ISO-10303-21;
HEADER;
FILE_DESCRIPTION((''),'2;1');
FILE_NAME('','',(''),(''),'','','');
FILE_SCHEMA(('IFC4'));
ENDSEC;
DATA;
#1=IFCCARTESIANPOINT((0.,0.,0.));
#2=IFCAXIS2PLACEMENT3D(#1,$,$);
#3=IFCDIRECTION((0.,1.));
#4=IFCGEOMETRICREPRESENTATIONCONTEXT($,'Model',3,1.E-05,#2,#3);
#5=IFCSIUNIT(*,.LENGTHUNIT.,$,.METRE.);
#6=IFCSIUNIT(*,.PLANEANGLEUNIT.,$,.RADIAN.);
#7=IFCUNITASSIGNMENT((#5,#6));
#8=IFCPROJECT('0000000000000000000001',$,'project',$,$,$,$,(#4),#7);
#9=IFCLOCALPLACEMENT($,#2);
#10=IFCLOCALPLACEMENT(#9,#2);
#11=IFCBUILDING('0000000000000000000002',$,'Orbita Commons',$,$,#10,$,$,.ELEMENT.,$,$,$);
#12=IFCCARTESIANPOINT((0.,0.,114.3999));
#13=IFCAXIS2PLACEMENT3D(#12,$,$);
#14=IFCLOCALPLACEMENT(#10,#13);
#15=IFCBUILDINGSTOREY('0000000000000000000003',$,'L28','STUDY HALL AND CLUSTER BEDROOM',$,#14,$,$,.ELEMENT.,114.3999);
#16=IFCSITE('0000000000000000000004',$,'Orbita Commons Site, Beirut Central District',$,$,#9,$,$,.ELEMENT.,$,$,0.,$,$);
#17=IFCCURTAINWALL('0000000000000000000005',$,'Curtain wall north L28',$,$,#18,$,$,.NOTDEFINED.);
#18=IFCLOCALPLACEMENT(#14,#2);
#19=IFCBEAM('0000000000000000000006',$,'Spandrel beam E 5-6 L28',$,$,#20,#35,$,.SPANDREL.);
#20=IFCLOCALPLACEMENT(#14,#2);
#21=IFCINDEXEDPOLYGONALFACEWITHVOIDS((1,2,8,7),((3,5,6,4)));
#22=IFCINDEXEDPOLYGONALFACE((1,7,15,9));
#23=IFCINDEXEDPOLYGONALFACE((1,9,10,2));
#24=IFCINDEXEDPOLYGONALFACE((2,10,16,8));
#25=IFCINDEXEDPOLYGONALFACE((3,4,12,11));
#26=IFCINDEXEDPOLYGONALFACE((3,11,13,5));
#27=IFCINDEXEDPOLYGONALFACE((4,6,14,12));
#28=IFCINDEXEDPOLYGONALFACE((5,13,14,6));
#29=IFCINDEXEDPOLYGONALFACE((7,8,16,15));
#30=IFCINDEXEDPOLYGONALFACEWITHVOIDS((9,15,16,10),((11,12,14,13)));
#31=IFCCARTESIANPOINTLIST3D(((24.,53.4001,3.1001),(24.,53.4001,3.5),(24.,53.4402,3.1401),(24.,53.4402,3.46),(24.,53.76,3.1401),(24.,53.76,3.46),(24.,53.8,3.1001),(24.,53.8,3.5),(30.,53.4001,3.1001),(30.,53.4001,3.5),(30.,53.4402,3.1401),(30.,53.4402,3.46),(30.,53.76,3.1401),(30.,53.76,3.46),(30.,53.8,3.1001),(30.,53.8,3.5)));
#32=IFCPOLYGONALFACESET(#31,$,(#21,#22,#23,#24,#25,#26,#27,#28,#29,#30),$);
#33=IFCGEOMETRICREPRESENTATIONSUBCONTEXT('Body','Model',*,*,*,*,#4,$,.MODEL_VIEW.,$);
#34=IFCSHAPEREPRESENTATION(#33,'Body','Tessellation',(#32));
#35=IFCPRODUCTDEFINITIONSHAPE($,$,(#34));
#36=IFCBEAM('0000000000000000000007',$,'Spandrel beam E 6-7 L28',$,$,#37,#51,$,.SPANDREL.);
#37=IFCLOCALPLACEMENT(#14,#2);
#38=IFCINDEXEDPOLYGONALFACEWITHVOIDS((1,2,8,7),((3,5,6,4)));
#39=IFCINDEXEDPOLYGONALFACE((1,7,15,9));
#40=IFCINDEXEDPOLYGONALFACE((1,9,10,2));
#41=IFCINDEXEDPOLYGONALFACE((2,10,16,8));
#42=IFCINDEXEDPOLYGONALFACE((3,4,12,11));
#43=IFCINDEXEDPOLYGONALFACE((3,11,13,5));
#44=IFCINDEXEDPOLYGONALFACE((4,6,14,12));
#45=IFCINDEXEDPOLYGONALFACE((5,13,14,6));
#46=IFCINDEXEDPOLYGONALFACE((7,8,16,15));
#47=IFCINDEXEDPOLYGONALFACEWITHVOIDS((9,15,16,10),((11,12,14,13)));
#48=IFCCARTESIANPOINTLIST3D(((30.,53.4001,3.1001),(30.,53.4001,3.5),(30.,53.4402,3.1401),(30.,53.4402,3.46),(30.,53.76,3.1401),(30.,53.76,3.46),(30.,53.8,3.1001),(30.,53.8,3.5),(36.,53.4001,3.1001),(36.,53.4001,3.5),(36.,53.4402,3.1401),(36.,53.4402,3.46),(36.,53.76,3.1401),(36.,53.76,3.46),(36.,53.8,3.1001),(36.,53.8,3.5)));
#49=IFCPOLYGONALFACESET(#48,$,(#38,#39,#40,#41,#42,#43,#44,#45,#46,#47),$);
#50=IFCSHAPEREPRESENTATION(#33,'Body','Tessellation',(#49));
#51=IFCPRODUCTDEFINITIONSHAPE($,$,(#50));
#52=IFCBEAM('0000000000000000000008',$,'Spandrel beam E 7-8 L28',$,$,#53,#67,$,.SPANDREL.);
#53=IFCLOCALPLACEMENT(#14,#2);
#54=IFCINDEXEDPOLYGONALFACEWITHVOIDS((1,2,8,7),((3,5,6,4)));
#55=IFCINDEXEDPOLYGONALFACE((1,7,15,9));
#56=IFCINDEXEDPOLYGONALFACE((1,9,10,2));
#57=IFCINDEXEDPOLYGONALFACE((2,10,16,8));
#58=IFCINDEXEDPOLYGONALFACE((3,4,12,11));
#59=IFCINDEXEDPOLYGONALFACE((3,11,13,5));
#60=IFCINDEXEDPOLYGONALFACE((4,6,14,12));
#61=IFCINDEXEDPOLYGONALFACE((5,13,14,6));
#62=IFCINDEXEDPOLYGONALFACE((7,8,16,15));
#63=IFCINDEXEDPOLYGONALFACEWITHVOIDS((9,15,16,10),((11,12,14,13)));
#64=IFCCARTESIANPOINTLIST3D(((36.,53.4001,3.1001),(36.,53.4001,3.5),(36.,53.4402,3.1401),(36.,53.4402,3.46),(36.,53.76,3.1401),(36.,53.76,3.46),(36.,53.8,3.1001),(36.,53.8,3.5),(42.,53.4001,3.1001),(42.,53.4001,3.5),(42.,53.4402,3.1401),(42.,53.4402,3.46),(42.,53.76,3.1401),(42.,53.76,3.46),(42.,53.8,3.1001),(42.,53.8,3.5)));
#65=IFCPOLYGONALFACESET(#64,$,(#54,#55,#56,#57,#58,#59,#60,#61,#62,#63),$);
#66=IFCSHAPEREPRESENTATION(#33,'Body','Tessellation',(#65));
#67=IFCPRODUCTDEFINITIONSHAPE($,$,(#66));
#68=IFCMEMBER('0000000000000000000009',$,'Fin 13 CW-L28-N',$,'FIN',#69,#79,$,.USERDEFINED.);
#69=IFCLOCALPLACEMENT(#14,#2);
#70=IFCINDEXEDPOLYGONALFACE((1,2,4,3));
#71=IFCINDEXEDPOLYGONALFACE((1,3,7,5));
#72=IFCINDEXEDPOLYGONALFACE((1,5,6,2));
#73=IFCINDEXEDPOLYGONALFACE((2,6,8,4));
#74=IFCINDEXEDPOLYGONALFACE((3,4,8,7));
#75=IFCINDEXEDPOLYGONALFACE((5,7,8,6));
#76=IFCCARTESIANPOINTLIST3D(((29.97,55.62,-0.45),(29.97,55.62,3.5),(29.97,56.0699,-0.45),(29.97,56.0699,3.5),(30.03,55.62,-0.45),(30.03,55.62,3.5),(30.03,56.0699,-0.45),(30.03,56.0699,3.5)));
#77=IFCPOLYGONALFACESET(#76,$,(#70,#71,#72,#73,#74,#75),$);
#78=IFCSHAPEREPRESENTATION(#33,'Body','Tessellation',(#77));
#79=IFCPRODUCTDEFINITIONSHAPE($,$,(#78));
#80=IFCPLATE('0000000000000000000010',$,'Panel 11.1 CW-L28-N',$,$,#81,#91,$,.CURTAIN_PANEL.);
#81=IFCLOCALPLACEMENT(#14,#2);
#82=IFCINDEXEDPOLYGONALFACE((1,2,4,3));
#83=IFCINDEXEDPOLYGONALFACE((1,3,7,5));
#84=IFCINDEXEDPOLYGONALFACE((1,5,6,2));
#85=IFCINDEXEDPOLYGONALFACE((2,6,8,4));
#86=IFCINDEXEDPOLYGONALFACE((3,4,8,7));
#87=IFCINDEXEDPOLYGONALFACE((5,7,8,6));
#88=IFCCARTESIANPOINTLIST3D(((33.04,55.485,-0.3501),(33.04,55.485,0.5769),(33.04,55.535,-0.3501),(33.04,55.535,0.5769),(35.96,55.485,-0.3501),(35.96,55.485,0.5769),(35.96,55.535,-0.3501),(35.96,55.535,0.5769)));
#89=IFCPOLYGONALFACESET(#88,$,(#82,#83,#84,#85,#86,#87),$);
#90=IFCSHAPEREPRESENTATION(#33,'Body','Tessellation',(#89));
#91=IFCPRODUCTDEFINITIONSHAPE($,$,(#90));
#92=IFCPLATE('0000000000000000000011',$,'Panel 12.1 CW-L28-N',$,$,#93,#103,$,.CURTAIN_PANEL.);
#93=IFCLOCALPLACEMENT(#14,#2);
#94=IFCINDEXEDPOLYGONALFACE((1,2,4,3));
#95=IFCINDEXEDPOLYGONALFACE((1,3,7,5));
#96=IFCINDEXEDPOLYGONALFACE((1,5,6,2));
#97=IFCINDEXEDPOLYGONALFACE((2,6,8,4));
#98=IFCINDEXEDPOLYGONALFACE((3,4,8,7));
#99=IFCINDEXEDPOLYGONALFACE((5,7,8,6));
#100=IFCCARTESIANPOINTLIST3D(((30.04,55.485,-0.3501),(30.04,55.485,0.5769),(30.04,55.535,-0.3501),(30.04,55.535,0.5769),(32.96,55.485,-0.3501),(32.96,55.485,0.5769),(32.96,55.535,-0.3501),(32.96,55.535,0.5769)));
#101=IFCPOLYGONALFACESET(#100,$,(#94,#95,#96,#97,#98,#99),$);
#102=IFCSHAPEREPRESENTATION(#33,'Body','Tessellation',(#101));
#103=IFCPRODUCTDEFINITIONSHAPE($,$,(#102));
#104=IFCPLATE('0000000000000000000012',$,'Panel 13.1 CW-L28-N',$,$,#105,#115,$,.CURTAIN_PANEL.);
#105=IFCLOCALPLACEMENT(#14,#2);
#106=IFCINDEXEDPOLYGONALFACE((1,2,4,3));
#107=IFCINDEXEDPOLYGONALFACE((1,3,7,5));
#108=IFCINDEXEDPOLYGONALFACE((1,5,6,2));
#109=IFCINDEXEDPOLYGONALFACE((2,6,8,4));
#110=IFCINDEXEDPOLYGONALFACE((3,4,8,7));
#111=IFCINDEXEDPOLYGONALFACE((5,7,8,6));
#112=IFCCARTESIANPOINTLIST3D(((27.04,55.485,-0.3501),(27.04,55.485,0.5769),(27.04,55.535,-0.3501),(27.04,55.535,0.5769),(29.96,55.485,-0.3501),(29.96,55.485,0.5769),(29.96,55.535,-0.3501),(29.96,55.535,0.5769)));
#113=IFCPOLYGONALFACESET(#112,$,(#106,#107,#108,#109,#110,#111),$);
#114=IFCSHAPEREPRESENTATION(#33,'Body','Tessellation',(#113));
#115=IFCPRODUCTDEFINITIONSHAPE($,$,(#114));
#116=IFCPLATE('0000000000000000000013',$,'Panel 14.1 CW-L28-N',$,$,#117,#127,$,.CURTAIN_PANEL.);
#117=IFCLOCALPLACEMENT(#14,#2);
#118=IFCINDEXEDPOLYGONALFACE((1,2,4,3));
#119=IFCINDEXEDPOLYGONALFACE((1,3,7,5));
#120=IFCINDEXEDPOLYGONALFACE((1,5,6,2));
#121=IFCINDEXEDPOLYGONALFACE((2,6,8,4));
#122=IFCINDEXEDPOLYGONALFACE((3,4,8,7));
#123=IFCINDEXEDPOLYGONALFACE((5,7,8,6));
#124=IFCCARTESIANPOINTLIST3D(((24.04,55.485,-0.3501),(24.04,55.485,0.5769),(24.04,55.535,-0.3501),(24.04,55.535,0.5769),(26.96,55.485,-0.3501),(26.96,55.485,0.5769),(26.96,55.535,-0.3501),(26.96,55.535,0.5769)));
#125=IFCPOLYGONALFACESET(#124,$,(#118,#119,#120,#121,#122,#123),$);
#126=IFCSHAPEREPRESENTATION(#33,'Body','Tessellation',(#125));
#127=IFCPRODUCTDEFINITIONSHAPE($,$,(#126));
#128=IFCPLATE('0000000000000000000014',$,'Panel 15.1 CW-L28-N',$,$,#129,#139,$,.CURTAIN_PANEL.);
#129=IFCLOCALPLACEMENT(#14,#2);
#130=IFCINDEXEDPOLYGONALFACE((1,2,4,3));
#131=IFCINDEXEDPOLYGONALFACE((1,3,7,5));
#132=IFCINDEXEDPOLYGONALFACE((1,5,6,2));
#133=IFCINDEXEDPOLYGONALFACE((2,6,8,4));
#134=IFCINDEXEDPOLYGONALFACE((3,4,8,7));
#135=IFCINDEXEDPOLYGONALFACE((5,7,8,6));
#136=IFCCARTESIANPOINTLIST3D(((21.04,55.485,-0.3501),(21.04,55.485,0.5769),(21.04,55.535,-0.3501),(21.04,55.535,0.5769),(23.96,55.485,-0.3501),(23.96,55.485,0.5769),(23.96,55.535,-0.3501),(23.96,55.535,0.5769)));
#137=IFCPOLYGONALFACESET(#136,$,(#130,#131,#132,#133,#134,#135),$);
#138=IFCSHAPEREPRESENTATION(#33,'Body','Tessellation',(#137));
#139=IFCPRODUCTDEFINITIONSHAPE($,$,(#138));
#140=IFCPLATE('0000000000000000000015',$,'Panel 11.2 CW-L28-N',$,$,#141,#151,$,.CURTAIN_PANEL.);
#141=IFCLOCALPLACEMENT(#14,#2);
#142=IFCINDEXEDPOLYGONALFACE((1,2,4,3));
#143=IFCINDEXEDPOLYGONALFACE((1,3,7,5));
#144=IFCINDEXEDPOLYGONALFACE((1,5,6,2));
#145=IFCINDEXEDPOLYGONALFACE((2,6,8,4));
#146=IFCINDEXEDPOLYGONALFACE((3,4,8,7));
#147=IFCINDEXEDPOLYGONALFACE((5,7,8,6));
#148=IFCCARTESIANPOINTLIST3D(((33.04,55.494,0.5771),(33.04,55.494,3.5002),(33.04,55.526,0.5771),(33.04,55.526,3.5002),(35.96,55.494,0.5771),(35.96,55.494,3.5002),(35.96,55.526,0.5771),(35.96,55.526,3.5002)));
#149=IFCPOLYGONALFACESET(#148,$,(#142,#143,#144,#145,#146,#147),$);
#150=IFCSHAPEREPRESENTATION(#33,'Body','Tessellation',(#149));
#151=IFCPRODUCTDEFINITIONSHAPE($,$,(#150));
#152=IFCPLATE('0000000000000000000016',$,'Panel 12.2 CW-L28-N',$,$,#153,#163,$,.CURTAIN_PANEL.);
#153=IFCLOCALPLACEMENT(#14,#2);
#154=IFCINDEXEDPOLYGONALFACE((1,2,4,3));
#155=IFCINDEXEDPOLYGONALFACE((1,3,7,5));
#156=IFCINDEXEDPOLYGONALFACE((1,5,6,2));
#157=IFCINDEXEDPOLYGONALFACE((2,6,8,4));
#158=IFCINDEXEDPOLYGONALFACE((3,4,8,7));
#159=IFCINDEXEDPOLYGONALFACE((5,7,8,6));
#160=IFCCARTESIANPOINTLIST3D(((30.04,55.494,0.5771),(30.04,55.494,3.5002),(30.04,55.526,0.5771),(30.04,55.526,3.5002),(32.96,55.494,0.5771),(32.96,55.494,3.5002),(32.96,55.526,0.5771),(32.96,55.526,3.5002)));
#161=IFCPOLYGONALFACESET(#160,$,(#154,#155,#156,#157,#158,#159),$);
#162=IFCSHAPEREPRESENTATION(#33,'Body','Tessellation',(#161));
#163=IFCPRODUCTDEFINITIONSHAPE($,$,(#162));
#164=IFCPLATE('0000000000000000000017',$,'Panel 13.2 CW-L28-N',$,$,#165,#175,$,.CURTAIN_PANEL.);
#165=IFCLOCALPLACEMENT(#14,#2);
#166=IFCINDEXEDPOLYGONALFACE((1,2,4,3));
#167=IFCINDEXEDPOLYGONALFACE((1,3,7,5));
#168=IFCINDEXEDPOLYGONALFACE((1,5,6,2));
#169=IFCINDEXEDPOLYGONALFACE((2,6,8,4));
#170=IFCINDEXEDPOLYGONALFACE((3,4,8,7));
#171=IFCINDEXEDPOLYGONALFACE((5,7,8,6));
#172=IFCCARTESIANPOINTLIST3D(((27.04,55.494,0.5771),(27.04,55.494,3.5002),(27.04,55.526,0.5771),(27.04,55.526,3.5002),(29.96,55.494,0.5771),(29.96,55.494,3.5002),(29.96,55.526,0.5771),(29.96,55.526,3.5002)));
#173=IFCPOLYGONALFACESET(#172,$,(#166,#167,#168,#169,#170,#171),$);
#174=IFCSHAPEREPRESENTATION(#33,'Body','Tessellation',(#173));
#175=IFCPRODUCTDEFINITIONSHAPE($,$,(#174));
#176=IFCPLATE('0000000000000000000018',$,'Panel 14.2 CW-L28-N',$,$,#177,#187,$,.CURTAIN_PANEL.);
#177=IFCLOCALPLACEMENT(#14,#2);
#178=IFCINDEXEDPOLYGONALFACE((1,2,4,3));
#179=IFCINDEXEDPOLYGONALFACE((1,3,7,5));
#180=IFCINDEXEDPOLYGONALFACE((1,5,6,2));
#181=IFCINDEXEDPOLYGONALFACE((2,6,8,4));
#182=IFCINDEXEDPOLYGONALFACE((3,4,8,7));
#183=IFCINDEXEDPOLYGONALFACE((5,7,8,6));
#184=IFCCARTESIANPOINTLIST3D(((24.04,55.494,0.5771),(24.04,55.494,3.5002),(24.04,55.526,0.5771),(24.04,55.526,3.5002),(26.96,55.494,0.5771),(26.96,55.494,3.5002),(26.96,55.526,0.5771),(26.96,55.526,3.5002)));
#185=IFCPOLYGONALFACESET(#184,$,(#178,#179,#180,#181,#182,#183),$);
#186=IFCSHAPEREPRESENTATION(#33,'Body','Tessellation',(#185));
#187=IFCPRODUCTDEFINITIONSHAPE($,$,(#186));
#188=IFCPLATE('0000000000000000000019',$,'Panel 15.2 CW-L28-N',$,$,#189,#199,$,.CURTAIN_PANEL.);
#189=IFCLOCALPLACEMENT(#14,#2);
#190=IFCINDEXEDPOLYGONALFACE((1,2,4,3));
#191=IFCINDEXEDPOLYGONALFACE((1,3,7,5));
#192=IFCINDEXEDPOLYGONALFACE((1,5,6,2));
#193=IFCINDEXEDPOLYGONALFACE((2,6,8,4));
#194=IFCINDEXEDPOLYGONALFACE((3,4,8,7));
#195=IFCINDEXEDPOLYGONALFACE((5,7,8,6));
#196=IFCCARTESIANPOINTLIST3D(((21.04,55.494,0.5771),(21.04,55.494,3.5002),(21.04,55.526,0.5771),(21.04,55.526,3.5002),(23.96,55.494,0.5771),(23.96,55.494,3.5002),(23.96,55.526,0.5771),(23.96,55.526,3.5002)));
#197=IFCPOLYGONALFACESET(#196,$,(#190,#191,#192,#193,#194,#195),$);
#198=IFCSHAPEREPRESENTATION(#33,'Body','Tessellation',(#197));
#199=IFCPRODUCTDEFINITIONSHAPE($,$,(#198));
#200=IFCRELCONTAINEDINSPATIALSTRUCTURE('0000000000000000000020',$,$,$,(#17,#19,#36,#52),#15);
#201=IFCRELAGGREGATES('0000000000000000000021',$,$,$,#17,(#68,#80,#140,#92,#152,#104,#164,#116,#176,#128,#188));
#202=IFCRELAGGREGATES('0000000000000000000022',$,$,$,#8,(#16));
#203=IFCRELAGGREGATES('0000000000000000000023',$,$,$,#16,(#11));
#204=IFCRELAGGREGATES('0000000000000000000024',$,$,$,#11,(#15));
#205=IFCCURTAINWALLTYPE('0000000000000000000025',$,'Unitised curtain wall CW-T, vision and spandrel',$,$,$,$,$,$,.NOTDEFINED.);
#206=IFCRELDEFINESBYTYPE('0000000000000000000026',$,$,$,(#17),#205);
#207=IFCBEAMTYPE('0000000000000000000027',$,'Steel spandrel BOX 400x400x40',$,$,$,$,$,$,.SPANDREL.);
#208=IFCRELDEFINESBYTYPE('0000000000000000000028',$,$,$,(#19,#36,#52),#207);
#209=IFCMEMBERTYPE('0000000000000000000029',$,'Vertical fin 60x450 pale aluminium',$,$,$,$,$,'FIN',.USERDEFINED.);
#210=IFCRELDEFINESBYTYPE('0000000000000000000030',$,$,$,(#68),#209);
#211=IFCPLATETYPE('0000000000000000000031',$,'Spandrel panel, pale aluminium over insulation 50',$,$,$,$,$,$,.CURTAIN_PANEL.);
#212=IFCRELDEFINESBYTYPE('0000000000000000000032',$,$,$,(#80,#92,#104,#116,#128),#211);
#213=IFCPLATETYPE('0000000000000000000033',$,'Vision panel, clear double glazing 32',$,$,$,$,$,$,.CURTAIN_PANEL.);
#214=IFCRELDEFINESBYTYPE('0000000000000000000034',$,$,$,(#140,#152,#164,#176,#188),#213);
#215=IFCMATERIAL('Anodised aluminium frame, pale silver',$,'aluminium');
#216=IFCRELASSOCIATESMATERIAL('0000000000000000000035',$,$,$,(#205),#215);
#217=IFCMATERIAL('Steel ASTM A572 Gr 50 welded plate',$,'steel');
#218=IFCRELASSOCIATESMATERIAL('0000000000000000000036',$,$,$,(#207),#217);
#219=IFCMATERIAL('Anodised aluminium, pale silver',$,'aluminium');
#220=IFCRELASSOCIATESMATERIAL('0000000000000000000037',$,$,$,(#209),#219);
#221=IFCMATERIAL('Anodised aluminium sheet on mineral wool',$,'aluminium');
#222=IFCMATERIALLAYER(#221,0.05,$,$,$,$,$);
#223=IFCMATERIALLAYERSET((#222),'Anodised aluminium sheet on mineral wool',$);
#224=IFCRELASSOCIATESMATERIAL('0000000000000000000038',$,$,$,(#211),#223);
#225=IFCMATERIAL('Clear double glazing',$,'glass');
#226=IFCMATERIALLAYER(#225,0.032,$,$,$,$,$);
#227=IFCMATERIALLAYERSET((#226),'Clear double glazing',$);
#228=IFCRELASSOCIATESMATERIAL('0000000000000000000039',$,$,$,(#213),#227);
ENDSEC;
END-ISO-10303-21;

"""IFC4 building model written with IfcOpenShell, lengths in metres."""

from ifc_helpers import new_model, si_unit, direction, frame, origin, origin_2d, place, context, subcontext, project, spatial, rectangle, hollow_rectangle, extrude, material, layer, layer_set, material_profile, profile_set, type_object, element, aggregate, save


model = new_model("IFC4")

# Units and contexts
model_context = context("Model", 3, precision=1e-05, world=origin(), true_north=direction((0.0, 1.0)))
body_context = subcontext(model_context, "Body", "Model", "MODEL_VIEW")
ifc_project = project(units=[si_unit("LENGTHUNIT", "METRE"), si_unit("PLANEANGLEUNIT", "RADIAN")], contexts=[model_context])

# Site, building, storey
site_placement = place(None, origin())
site = spatial("IfcSite", under=ifc_project, at=site_placement, Name="Orbita Commons Site, Beirut Central District", CompositionType="ELEMENT", RefElevation=0.0)
building_placement = place(site_placement, origin())
building = spatial("IfcBuilding", under=site, at=building_placement, Name="Orbita Commons", CompositionType="ELEMENT")
storey_placement = place(building_placement, frame((0.0, 0.0, 114.3999)))
storey = spatial("IfcBuildingStorey", under=building, at=storey_placement, Name="L28", Description="STUDY HALL AND CLUSTER BEDROOM", CompositionType="ELEMENT", Elevation=114.3999)

# Curtain wall
ifc_material_1 = material(Name="Anodised aluminium frame, pale silver", Category="aluminium")
curtain_wall_type = type_object("IfcCurtainWallType", Name="Unitised curtain wall CW-T, vision and spandrel", PredefinedType="NOTDEFINED", material=ifc_material_1)
curtain_wall_placement = place(storey_placement, origin())
curtain_wall = element("IfcCurtainWall", 1, at=curtain_wall_placement, inside=storey, type_object=curtain_wall_type, Name="Curtain wall north L28", PredefinedType="NOTDEFINED")

# Beams
ifc_material_2 = material(Name="Steel ASTM A572 Gr 50 welded plate", Category="steel")
ifc_material_profile_1 = material_profile(ifc_material_2, hollow_rectangle(XDim=0.3999, YDim=0.3999, WallThickness=0.04, at=origin_2d()), Name="BOX 400x400x40")
ifc_profile_set_1 = profile_set([ifc_material_profile_1], Name="Steel ASTM A572 Gr 50 welded plate")
beam_type = type_object("IfcBeamType", Name="Steel spandrel BOX 400x400x40", PredefinedType="SPANDREL", material=ifc_profile_set_1)
for number, where, z_axis, x_axis, name in (
    (2, (24.0, 53.6001, 3.3), (1.0, 0.0, 0.0), (0.0, 1.0, 0.0), "Spandrel beam E 5-6 L28"),
    (3, (30.0, 53.6001, 3.3), (1.0, 0.0, 0.0), (0.0, 1.0, 0.0), "Spandrel beam E 6-7 L28"),
    (4, (36.0, 53.6001, 3.3), (1.0, 0.0, 0.0), (0.0, 1.0, 0.0), "Spandrel beam E 7-8 L28"),
):
    element("IfcBeam", number, at=place(storey_placement, frame(where, z_axis=z_axis, x_axis=x_axis)), inside=storey, type_object=beam_type, Name=name, PredefinedType="SPANDREL", context=body_context, shape_type="SweptSolid", body=[
        extrude(hollow_rectangle(XDim=0.3999, YDim=0.3999, WallThickness=0.04, at=origin_2d()), origin(), (0.0, 0.0, 1.0), 6.0),
    ])

# Member
ifc_material_3 = material(Name="Anodised aluminium, pale silver", Category="aluminium")
ifc_material_profile_2 = material_profile(ifc_material_3, rectangle(XDim=0.0601, YDim=0.45, at=origin_2d()), Name="FIN 60x450")
ifc_profile_set_2 = profile_set([ifc_material_profile_2], Name="Anodised aluminium, pale silver")
member_type_1 = type_object("IfcMemberType", Name="Vertical fin 60x450 pale aluminium", ElementType="FIN", PredefinedType="USERDEFINED", material=ifc_profile_set_2)
member_1_placement = place(storey_placement, frame((30.0, 55.845, -0.45), z_axis=(0.0, 0.0, 1.0), x_axis=(-1.0, 0.0, 0.0)))
member_1 = element("IfcMember", 5, at=member_1_placement, type_object=member_type_1, Name="Fin 13 CW-L28-N", ObjectType="FIN", PredefinedType="USERDEFINED", context=body_context, shape_type="SweptSolid", body=[
    extrude(rectangle(XDim=0.0601, YDim=0.45, at=origin_2d()), origin(), (0.0, 0.0, 1.0), 3.95),
])

# Plates
ifc_material_4 = material(Name="Anodised aluminium sheet on mineral wool", Category="aluminium")
ifc_layer_1 = layer(ifc_material_4, 0.05)
ifc_layer_set_1 = layer_set([ifc_layer_1], Name="Anodised aluminium sheet on mineral wool")
plate_type_1 = type_object("IfcPlateType", Name="Spandrel panel, pale aluminium over insulation 50", PredefinedType="CURTAIN_PANEL", material=ifc_layer_set_1)
plate_1_placement = place(storey_placement, frame((34.5, 55.51, -0.3501), z_axis=(0.0, 0.0, 1.0), x_axis=(-1.0, 0.0, 0.0)))
plate_1 = element("IfcPlate", 6, at=plate_1_placement, type_object=plate_type_1, Name="Panel 11.1 CW-L28-N", PredefinedType="CURTAIN_PANEL", context=body_context, shape_type="SweptSolid", body=[
    extrude(rectangle(XDim=2.9199, YDim=0.05, at=origin_2d()), origin(), (0.0, 0.0, 1.0), 0.927),
])
plate_2_placement = place(storey_placement, frame((31.5, 55.51, -0.3501), z_axis=(0.0, 0.0, 1.0), x_axis=(-1.0, 0.0, 0.0)))
plate_2 = element("IfcPlate", 7, at=plate_2_placement, type_object=plate_type_1, Name="Panel 12.1 CW-L28-N", PredefinedType="CURTAIN_PANEL", context=body_context, shape_type="SweptSolid", body=[
    extrude(rectangle(XDim=2.9199, YDim=0.05, at=origin_2d()), origin(), (0.0, 0.0, 1.0), 0.927),
])
plate_3_placement = place(storey_placement, frame((28.5, 55.51, -0.3501), z_axis=(0.0, 0.0, 1.0), x_axis=(-1.0, 0.0, 0.0)))
plate_3 = element("IfcPlate", 8, at=plate_3_placement, type_object=plate_type_1, Name="Panel 13.1 CW-L28-N", PredefinedType="CURTAIN_PANEL", context=body_context, shape_type="SweptSolid", body=[
    extrude(rectangle(XDim=2.9199, YDim=0.05, at=origin_2d()), origin(), (0.0, 0.0, 1.0), 0.927),
])
plate_4_placement = place(storey_placement, frame((25.5, 55.51, -0.3501), z_axis=(0.0, 0.0, 1.0), x_axis=(-1.0, 0.0, 0.0)))
plate_4 = element("IfcPlate", 9, at=plate_4_placement, type_object=plate_type_1, Name="Panel 14.1 CW-L28-N", PredefinedType="CURTAIN_PANEL", context=body_context, shape_type="SweptSolid", body=[
    extrude(rectangle(XDim=2.9199, YDim=0.05, at=origin_2d()), origin(), (0.0, 0.0, 1.0), 0.927),
])
plate_5_placement = place(storey_placement, frame((22.5, 55.51, -0.3501), z_axis=(0.0, 0.0, 1.0), x_axis=(-1.0, 0.0, 0.0)))
plate_5 = element("IfcPlate", 10, at=plate_5_placement, type_object=plate_type_1, Name="Panel 15.1 CW-L28-N", PredefinedType="CURTAIN_PANEL", context=body_context, shape_type="SweptSolid", body=[
    extrude(rectangle(XDim=2.9199, YDim=0.05, at=origin_2d()), origin(), (0.0, 0.0, 1.0), 0.927),
])
ifc_material_5 = material(Name="Clear double glazing", Category="glass")
ifc_layer_2 = layer(ifc_material_5, 0.032)
ifc_layer_set_2 = layer_set([ifc_layer_2], Name="Clear double glazing")
plate_type_2 = type_object("IfcPlateType", Name="Vision panel, clear double glazing 32", PredefinedType="CURTAIN_PANEL", material=ifc_layer_set_2)
plate_6_placement = place(storey_placement, frame((34.5, 55.51, 0.5771), z_axis=(0.0, 0.0, 1.0), x_axis=(-1.0, 0.0, 0.0)))
plate_6 = element("IfcPlate", 11, at=plate_6_placement, type_object=plate_type_2, Name="Panel 11.2 CW-L28-N", PredefinedType="CURTAIN_PANEL", context=body_context, shape_type="SweptSolid", body=[
    extrude(rectangle(XDim=2.9199, YDim=0.032, at=origin_2d()), origin(), (0.0, 0.0, 1.0), 2.9231),
])
plate_7_placement = place(storey_placement, frame((31.5, 55.51, 0.5771), z_axis=(0.0, 0.0, 1.0), x_axis=(-1.0, 0.0, 0.0)))
plate_7 = element("IfcPlate", 12, at=plate_7_placement, type_object=plate_type_2, Name="Panel 12.2 CW-L28-N", PredefinedType="CURTAIN_PANEL", context=body_context, shape_type="SweptSolid", body=[
    extrude(rectangle(XDim=2.9199, YDim=0.032, at=origin_2d()), origin(), (0.0, 0.0, 1.0), 2.9231),
])
plate_8_placement = place(storey_placement, frame((28.5, 55.51, 0.5771), z_axis=(0.0, 0.0, 1.0), x_axis=(-1.0, 0.0, 0.0)))
plate_8 = element("IfcPlate", 13, at=plate_8_placement, type_object=plate_type_2, Name="Panel 13.2 CW-L28-N", PredefinedType="CURTAIN_PANEL", context=body_context, shape_type="SweptSolid", body=[
    extrude(rectangle(XDim=2.9199, YDim=0.032, at=origin_2d()), origin(), (0.0, 0.0, 1.0), 2.9231),
])
plate_9_placement = place(storey_placement, frame((25.5, 55.51, 0.5771), z_axis=(0.0, 0.0, 1.0), x_axis=(-1.0, 0.0, 0.0)))
plate_9 = element("IfcPlate", 14, at=plate_9_placement, type_object=plate_type_2, Name="Panel 14.2 CW-L28-N", PredefinedType="CURTAIN_PANEL", context=body_context, shape_type="SweptSolid", body=[
    extrude(rectangle(XDim=2.9199, YDim=0.032, at=origin_2d()), origin(), (0.0, 0.0, 1.0), 2.9231),
])
plate_10_placement = place(storey_placement, frame((22.5, 55.51, 0.5771), z_axis=(0.0, 0.0, 1.0), x_axis=(-1.0, 0.0, 0.0)))
plate_10 = element("IfcPlate", 15, at=plate_10_placement, type_object=plate_type_2, Name="Panel 15.2 CW-L28-N", PredefinedType="CURTAIN_PANEL", context=body_context, shape_type="SweptSolid", body=[
    extrude(rectangle(XDim=2.9199, YDim=0.032, at=origin_2d()), origin(), (0.0, 0.0, 1.0), 2.9231),
])
aggregate(curtain_wall, [member_1, plate_1, plate_6, plate_2, plate_7, plate_3, plate_8, plate_4, plate_9, plate_5, plate_10])

save(model, "model.ifc")
